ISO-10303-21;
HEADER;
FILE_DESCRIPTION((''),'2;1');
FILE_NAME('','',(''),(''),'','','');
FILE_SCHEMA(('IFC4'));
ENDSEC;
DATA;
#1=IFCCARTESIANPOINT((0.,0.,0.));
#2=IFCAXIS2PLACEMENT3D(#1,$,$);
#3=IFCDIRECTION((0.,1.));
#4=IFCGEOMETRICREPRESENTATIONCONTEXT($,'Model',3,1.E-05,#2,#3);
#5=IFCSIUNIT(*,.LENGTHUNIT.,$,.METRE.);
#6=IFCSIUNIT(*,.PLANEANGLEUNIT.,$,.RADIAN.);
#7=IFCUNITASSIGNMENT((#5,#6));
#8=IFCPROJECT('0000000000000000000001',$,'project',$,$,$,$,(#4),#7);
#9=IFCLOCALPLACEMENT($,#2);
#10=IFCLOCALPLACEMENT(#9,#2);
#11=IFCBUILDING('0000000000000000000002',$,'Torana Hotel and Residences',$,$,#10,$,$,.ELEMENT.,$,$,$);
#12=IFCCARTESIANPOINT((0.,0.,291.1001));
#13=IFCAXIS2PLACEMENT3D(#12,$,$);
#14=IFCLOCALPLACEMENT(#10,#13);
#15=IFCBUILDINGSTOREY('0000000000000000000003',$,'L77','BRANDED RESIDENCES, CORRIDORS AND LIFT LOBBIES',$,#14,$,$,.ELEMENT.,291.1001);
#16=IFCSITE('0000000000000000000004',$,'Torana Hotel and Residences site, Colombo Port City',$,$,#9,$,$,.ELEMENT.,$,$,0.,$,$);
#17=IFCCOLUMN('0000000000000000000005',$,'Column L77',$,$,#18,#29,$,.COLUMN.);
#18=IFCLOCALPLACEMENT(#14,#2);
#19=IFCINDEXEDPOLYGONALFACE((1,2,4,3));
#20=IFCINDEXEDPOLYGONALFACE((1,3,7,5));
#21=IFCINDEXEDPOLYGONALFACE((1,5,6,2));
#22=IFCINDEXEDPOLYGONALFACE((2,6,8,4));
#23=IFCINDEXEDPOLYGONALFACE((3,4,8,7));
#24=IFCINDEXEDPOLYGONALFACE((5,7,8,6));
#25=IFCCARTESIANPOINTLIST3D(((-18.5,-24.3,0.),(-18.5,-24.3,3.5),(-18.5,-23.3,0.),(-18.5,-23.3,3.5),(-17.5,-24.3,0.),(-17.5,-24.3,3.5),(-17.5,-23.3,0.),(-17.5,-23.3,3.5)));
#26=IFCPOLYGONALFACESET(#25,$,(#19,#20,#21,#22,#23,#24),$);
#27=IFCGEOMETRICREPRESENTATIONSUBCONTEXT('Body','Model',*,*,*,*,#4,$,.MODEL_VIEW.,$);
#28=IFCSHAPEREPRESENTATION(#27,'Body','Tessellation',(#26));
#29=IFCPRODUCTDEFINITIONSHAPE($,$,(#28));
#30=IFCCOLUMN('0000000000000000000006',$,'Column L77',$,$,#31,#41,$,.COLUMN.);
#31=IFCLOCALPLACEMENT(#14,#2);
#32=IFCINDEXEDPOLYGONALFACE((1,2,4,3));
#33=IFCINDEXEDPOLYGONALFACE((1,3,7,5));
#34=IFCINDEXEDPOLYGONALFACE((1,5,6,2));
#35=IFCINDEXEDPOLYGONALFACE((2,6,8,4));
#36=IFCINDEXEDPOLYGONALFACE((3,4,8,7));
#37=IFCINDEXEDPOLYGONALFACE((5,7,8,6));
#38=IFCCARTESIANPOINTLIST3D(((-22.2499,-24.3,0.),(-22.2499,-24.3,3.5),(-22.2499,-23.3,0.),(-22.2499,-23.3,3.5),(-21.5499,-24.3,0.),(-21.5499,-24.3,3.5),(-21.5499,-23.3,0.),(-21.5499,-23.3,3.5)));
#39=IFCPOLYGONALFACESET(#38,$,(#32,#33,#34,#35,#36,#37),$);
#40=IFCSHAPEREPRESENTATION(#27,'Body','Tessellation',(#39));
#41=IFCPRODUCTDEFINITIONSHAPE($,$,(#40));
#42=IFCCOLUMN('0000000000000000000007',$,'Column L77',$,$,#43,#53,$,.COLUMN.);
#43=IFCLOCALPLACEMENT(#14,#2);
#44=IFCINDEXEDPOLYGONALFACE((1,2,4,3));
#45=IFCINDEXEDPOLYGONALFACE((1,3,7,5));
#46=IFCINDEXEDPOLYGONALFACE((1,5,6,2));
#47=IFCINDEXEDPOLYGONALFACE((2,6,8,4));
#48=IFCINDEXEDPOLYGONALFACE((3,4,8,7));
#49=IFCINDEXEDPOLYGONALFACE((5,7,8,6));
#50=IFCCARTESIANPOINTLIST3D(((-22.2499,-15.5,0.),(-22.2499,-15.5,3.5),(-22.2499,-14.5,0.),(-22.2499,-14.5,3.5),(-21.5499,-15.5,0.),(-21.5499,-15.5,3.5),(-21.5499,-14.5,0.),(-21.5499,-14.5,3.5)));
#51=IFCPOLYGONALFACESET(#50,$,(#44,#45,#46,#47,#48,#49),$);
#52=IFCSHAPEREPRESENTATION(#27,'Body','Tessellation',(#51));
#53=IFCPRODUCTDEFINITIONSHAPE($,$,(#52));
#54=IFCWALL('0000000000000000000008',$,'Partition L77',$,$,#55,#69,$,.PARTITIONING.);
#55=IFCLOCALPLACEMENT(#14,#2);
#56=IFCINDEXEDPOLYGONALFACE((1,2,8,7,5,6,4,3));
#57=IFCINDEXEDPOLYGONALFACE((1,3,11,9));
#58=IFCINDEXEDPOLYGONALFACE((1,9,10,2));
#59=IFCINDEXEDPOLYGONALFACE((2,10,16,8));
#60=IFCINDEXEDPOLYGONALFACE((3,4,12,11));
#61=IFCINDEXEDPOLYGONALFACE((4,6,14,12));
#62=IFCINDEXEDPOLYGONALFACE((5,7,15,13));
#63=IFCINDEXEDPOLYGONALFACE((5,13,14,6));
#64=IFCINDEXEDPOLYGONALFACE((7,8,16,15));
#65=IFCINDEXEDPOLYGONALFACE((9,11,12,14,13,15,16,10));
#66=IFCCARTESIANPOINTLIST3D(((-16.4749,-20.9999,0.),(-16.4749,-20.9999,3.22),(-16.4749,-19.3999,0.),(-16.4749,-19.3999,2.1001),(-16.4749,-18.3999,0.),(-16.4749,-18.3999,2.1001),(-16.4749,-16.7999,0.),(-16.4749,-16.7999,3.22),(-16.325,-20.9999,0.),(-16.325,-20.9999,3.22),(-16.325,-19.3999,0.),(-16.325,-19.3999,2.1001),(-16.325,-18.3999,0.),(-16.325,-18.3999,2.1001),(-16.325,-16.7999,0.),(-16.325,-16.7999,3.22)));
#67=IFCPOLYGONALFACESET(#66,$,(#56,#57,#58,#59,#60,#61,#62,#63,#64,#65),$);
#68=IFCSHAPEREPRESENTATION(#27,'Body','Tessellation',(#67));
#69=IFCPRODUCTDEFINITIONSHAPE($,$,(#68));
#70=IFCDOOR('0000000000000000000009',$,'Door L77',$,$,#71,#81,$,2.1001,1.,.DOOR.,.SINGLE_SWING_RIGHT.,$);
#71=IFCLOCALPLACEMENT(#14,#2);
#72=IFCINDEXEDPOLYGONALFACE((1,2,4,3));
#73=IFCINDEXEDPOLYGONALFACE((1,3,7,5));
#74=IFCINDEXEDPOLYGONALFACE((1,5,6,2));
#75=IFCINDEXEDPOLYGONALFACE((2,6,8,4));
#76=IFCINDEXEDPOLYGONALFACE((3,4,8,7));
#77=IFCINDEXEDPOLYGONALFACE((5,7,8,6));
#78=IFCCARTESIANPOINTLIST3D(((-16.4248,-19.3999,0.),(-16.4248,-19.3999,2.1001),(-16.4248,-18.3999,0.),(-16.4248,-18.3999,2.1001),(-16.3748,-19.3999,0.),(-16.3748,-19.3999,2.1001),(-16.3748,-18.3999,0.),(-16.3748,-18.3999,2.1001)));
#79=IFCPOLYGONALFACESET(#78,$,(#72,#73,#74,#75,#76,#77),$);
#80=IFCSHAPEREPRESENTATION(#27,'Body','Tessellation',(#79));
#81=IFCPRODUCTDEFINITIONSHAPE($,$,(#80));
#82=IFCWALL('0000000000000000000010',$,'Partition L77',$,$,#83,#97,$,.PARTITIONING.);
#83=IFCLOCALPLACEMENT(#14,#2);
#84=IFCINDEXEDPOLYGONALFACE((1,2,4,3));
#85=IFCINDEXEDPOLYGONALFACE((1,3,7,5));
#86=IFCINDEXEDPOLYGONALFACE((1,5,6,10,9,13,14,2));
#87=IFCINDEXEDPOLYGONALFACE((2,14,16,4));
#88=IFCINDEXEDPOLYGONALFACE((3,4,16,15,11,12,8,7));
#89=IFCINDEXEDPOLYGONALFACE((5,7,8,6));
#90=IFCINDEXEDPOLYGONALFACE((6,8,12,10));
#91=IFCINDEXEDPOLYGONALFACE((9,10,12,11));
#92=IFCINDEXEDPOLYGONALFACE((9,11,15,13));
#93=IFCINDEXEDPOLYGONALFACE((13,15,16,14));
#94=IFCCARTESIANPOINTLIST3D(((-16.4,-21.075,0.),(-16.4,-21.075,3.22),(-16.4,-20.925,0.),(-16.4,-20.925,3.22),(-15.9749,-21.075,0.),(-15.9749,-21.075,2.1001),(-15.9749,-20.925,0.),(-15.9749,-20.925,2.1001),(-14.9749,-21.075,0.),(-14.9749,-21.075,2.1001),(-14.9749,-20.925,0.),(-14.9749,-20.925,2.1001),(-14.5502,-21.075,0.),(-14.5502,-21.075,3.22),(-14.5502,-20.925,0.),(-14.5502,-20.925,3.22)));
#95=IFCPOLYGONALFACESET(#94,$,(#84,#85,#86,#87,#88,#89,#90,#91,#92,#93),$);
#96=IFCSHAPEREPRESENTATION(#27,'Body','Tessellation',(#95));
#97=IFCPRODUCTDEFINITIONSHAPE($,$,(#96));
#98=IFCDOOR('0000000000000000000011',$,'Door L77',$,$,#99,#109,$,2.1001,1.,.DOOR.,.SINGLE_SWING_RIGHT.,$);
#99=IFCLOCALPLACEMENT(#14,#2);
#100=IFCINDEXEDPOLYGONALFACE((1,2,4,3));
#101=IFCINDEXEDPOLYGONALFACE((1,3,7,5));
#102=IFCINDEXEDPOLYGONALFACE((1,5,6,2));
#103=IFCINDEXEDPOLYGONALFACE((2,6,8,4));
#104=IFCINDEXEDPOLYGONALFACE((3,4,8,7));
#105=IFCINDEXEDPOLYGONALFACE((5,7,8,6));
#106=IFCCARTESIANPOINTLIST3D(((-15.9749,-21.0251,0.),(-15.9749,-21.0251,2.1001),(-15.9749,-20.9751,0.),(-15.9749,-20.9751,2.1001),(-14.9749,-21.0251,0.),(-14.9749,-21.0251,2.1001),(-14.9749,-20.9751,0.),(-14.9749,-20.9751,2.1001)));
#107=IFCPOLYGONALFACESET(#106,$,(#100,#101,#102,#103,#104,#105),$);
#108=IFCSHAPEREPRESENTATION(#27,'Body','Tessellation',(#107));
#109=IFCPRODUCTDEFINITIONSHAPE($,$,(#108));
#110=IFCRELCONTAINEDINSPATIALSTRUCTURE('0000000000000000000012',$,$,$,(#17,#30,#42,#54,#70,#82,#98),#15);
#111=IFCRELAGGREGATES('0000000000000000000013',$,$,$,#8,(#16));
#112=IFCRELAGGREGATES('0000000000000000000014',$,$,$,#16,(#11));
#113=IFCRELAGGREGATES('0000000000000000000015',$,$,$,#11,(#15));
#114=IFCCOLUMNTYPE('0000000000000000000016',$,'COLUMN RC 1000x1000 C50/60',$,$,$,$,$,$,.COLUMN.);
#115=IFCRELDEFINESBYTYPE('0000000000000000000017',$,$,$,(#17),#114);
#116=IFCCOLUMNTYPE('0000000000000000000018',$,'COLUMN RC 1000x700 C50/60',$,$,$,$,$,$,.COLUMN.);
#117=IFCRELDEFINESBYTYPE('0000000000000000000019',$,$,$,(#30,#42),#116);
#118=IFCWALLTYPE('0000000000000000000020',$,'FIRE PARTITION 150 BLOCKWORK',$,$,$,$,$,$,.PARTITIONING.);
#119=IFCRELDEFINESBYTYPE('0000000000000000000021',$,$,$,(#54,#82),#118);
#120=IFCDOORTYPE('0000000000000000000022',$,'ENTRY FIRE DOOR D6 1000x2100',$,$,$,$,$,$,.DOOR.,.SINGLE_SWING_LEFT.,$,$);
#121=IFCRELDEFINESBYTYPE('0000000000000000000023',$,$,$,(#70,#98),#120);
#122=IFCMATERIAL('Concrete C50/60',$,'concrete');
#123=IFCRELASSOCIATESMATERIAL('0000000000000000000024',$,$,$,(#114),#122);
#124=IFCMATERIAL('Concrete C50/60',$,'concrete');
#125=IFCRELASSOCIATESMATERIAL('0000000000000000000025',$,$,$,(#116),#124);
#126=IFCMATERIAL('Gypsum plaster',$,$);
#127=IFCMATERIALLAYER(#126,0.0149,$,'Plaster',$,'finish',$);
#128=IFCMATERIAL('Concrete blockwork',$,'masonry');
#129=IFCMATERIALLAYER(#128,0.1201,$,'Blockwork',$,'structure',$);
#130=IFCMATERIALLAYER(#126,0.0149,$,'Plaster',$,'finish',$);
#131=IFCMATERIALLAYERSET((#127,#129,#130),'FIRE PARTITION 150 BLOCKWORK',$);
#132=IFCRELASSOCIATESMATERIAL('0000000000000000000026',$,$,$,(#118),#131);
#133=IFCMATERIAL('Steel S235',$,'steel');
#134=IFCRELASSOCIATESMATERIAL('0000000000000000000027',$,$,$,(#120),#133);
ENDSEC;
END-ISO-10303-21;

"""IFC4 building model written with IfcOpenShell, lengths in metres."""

from ifc_helpers import new_model, si_unit, direction, frame, frame_2d, origin, origin_2d, place, context, subcontext, project, spatial, rectangle, extrude, material, layer, layer_set, material_profile, profile_set, type_object, element, fill, save


model = new_model("IFC4")

# Units and contexts
model_context = context("Model", 3, precision=1e-05, world=origin(), true_north=direction((0.0, 1.0)))
body_context = subcontext(model_context, "Body", "Model", "MODEL_VIEW")
ifc_project = project(units=[si_unit("LENGTHUNIT", "METRE"), si_unit("PLANEANGLEUNIT", "RADIAN")], contexts=[model_context])

# Site, building, storey
site_placement = place(None, origin())
site = spatial("IfcSite", under=ifc_project, at=site_placement, Name="Torana Hotel and Residences site, Colombo Port City", CompositionType="ELEMENT", RefElevation=0.0)
building_placement = place(site_placement, origin())
building = spatial("IfcBuilding", under=site, at=building_placement, Name="Torana Hotel and Residences", CompositionType="ELEMENT")
storey_placement = place(building_placement, frame((0.0, 0.0, 291.1001)))
storey = spatial("IfcBuildingStorey", under=building, at=storey_placement, Name="L77", Description="BRANDED RESIDENCES, CORRIDORS AND LIFT LOBBIES", CompositionType="ELEMENT", Elevation=291.1001)

# Columns
ifc_material_1 = material(Name="Concrete C50/60", Category="concrete")
ifc_material_profile_1 = material_profile(ifc_material_1, rectangle(XDim=1.0, YDim=1.0, at=origin_2d()), Name="RC 1000x1000")
ifc_profile_set_1 = profile_set([ifc_material_profile_1], Name="Concrete C50/60")
column_type_1 = type_object("IfcColumnType", Name="COLUMN RC 1000x1000 C50/60", PredefinedType="COLUMN", material=ifc_profile_set_1)
column_placement = place(storey_placement, frame((-18.0, -23.8, 0.0), z_axis=(0.0, 0.0, 1.0), x_axis=(1.0, 0.0, 0.0)))
element("IfcColumn", 1, at=column_placement, inside=storey, type_object=column_type_1, Name="Column L77", PredefinedType="COLUMN", context=body_context, shape_type="SweptSolid", body=[
    extrude(rectangle(XDim=1.0, YDim=1.0, at=origin_2d()), origin(), (0.0, 0.0, 1.0), 3.5),
])
ifc_material_2 = material(Name="Concrete C50/60", Category="concrete")
ifc_material_profile_2 = material_profile(ifc_material_2, rectangle(XDim=1.0, YDim=0.7, at=origin_2d()), Name="RC 1000x700")
ifc_profile_set_2 = profile_set([ifc_material_profile_2], Name="Concrete C50/60")
column_type_2 = type_object("IfcColumnType", Name="COLUMN RC 1000x700 C50/60", PredefinedType="COLUMN", material=ifc_profile_set_2)
for number, where, z_axis, x_axis, name in (
    (2, (-21.8999, -23.8, 0.0), (0.0, 0.0, 1.0), (0.0, 1.0, 0.0), "Column L77"),
    (3, (-21.8999, -15.0, 0.0), (0.0, 0.0, 1.0), (0.0, 1.0, 0.0), "Column L77"),
):
    element("IfcColumn", number, at=place(storey_placement, frame(where, z_axis=z_axis, x_axis=x_axis)), inside=storey, type_object=column_type_2, Name=name, PredefinedType="COLUMN", context=body_context, shape_type="SweptSolid", body=[
        extrude(rectangle(XDim=1.0, YDim=0.7, at=origin_2d()), origin(), (0.0, 0.0, 1.0), 3.5),
    ])

# Walls, openings, doors
ifc_material_3 = material(Name="Gypsum plaster")
ifc_layer_1 = layer(ifc_material_3, 0.0149, Name="Plaster", Category="finish")
ifc_material_4 = material(Name="Concrete blockwork", Category="masonry")
ifc_layer_2 = layer(ifc_material_4, 0.1201, Name="Blockwork", Category="structure")
ifc_layer_3 = layer(ifc_material_3, 0.0149, Name="Plaster", Category="finish")
ifc_layer_set_1 = layer_set([ifc_layer_1, ifc_layer_2, ifc_layer_3], Name="FIRE PARTITION 150 BLOCKWORK")
wall_type_1 = type_object("IfcWallType", Name="FIRE PARTITION 150 BLOCKWORK", PredefinedType="PARTITIONING", material=ifc_layer_set_1)
wall_1_placement = place(storey_placement, frame((-16.3999, -21.0, 0.0), z_axis=(0.0, 0.0, 1.0), x_axis=(0.0, 1.0, 0.0)))
wall_1 = element("IfcWall", 4, at=wall_1_placement, inside=storey, type_object=wall_type_1, Name="Partition L77", PredefinedType="PARTITIONING", context=body_context, shape_type="SweptSolid", body=[
    extrude(rectangle(XDim=4.2, YDim=0.1499, at=frame_2d((2.1001, 0.0))), origin(), (0.0, 0.0, 1.0), 3.22),
])
opening_1_placement = place(wall_1_placement, frame((1.6001, 0.0, 0.0)))
opening_1 = element("IfcOpeningElement", 5, at=opening_1_placement, cuts=wall_1, PredefinedType="OPENING", context=body_context, shape_type="SweptSolid", body=[
    extrude(rectangle(XDim=1.0, YDim=2.1001, at=frame_2d((0.5, 1.05))), frame((0.0, 0.085, 0.0), z_axis=(0.0, -1.0, 0.0), x_axis=(1.0, 0.0, 0.0)), (0.0, 0.0, 1.0), 0.1699),
])
ifc_material_5 = material(Name="Steel S235", Category="steel")
door_type_1 = type_object("IfcDoorType", Name="ENTRY FIRE DOOR D6 1000x2100", OperationType="SINGLE_SWING_LEFT", PredefinedType="DOOR", material=ifc_material_5)
door_1_placement = place(opening_1_placement, origin())
door_1 = element("IfcDoor", 6, at=door_1_placement, inside=storey, type_object=door_type_1, Name="Door L77", OperationType="SINGLE_SWING_RIGHT", OverallHeight=2.1001, OverallWidth=1.0, PredefinedType="DOOR", context=body_context, shape_type="SweptSolid", body=[
    extrude(rectangle(XDim=1.0, YDim=2.1001, at=frame_2d((0.5, 1.05))), frame((0.0, 0.0249, 0.0), z_axis=(0.0, -1.0, 0.0), x_axis=(1.0, 0.0, 0.0)), (0.0, 0.0, 1.0), 0.05),
])
fill(opening_1, door_1)
wall_2_placement = place(storey_placement, frame((-16.3999, -21.0, 0.0), z_axis=(0.0, 0.0, 1.0), x_axis=(1.0, 0.0, 0.0)))
wall_2 = element("IfcWall", 7, at=wall_2_placement, inside=storey, type_object=wall_type_1, Name="Partition L77", PredefinedType="PARTITIONING", context=body_context, shape_type="SweptSolid", body=[
    extrude(rectangle(XDim=1.8499, YDim=0.1499, at=frame_2d((0.9248, 0.0))), origin(), (0.0, 0.0, 1.0), 3.22),
])
opening_2_placement = place(wall_2_placement, frame((0.425, 0.0, 0.0)))
opening_2 = element("IfcOpeningElement", 8, at=opening_2_placement, cuts=wall_2, PredefinedType="OPENING", context=body_context, shape_type="SweptSolid", body=[
    extrude(rectangle(XDim=1.0, YDim=2.1001, at=frame_2d((0.5, 1.05))), frame((0.0, 0.085, 0.0), z_axis=(0.0, -1.0, 0.0), x_axis=(1.0, 0.0, 0.0)), (0.0, 0.0, 1.0), 0.1699),
])
door_2_placement = place(opening_2_placement, frame((0.5, 0.0, 0.0), z_axis=(0.0, 0.0, 1.0), x_axis=(-1.0, 0.0, 0.0)))
door_2 = element("IfcDoor", 9, at=door_2_placement, inside=storey, type_object=door_type_1, Name="Door L77", OperationType="SINGLE_SWING_RIGHT", OverallHeight=2.1001, OverallWidth=1.0, PredefinedType="DOOR", context=body_context, shape_type="SweptSolid", body=[
    extrude(rectangle(XDim=1.0, YDim=2.1001, at=frame_2d((0.0, 1.05))), frame((0.0, -0.0249, 0.0), z_axis=(0.0, 1.0, 0.0), x_axis=(-1.0, 0.0, 0.0)), (0.0, 0.0, 1.0), 0.05),
])
fill(opening_2, door_2)

save(model, "model.ifc")
